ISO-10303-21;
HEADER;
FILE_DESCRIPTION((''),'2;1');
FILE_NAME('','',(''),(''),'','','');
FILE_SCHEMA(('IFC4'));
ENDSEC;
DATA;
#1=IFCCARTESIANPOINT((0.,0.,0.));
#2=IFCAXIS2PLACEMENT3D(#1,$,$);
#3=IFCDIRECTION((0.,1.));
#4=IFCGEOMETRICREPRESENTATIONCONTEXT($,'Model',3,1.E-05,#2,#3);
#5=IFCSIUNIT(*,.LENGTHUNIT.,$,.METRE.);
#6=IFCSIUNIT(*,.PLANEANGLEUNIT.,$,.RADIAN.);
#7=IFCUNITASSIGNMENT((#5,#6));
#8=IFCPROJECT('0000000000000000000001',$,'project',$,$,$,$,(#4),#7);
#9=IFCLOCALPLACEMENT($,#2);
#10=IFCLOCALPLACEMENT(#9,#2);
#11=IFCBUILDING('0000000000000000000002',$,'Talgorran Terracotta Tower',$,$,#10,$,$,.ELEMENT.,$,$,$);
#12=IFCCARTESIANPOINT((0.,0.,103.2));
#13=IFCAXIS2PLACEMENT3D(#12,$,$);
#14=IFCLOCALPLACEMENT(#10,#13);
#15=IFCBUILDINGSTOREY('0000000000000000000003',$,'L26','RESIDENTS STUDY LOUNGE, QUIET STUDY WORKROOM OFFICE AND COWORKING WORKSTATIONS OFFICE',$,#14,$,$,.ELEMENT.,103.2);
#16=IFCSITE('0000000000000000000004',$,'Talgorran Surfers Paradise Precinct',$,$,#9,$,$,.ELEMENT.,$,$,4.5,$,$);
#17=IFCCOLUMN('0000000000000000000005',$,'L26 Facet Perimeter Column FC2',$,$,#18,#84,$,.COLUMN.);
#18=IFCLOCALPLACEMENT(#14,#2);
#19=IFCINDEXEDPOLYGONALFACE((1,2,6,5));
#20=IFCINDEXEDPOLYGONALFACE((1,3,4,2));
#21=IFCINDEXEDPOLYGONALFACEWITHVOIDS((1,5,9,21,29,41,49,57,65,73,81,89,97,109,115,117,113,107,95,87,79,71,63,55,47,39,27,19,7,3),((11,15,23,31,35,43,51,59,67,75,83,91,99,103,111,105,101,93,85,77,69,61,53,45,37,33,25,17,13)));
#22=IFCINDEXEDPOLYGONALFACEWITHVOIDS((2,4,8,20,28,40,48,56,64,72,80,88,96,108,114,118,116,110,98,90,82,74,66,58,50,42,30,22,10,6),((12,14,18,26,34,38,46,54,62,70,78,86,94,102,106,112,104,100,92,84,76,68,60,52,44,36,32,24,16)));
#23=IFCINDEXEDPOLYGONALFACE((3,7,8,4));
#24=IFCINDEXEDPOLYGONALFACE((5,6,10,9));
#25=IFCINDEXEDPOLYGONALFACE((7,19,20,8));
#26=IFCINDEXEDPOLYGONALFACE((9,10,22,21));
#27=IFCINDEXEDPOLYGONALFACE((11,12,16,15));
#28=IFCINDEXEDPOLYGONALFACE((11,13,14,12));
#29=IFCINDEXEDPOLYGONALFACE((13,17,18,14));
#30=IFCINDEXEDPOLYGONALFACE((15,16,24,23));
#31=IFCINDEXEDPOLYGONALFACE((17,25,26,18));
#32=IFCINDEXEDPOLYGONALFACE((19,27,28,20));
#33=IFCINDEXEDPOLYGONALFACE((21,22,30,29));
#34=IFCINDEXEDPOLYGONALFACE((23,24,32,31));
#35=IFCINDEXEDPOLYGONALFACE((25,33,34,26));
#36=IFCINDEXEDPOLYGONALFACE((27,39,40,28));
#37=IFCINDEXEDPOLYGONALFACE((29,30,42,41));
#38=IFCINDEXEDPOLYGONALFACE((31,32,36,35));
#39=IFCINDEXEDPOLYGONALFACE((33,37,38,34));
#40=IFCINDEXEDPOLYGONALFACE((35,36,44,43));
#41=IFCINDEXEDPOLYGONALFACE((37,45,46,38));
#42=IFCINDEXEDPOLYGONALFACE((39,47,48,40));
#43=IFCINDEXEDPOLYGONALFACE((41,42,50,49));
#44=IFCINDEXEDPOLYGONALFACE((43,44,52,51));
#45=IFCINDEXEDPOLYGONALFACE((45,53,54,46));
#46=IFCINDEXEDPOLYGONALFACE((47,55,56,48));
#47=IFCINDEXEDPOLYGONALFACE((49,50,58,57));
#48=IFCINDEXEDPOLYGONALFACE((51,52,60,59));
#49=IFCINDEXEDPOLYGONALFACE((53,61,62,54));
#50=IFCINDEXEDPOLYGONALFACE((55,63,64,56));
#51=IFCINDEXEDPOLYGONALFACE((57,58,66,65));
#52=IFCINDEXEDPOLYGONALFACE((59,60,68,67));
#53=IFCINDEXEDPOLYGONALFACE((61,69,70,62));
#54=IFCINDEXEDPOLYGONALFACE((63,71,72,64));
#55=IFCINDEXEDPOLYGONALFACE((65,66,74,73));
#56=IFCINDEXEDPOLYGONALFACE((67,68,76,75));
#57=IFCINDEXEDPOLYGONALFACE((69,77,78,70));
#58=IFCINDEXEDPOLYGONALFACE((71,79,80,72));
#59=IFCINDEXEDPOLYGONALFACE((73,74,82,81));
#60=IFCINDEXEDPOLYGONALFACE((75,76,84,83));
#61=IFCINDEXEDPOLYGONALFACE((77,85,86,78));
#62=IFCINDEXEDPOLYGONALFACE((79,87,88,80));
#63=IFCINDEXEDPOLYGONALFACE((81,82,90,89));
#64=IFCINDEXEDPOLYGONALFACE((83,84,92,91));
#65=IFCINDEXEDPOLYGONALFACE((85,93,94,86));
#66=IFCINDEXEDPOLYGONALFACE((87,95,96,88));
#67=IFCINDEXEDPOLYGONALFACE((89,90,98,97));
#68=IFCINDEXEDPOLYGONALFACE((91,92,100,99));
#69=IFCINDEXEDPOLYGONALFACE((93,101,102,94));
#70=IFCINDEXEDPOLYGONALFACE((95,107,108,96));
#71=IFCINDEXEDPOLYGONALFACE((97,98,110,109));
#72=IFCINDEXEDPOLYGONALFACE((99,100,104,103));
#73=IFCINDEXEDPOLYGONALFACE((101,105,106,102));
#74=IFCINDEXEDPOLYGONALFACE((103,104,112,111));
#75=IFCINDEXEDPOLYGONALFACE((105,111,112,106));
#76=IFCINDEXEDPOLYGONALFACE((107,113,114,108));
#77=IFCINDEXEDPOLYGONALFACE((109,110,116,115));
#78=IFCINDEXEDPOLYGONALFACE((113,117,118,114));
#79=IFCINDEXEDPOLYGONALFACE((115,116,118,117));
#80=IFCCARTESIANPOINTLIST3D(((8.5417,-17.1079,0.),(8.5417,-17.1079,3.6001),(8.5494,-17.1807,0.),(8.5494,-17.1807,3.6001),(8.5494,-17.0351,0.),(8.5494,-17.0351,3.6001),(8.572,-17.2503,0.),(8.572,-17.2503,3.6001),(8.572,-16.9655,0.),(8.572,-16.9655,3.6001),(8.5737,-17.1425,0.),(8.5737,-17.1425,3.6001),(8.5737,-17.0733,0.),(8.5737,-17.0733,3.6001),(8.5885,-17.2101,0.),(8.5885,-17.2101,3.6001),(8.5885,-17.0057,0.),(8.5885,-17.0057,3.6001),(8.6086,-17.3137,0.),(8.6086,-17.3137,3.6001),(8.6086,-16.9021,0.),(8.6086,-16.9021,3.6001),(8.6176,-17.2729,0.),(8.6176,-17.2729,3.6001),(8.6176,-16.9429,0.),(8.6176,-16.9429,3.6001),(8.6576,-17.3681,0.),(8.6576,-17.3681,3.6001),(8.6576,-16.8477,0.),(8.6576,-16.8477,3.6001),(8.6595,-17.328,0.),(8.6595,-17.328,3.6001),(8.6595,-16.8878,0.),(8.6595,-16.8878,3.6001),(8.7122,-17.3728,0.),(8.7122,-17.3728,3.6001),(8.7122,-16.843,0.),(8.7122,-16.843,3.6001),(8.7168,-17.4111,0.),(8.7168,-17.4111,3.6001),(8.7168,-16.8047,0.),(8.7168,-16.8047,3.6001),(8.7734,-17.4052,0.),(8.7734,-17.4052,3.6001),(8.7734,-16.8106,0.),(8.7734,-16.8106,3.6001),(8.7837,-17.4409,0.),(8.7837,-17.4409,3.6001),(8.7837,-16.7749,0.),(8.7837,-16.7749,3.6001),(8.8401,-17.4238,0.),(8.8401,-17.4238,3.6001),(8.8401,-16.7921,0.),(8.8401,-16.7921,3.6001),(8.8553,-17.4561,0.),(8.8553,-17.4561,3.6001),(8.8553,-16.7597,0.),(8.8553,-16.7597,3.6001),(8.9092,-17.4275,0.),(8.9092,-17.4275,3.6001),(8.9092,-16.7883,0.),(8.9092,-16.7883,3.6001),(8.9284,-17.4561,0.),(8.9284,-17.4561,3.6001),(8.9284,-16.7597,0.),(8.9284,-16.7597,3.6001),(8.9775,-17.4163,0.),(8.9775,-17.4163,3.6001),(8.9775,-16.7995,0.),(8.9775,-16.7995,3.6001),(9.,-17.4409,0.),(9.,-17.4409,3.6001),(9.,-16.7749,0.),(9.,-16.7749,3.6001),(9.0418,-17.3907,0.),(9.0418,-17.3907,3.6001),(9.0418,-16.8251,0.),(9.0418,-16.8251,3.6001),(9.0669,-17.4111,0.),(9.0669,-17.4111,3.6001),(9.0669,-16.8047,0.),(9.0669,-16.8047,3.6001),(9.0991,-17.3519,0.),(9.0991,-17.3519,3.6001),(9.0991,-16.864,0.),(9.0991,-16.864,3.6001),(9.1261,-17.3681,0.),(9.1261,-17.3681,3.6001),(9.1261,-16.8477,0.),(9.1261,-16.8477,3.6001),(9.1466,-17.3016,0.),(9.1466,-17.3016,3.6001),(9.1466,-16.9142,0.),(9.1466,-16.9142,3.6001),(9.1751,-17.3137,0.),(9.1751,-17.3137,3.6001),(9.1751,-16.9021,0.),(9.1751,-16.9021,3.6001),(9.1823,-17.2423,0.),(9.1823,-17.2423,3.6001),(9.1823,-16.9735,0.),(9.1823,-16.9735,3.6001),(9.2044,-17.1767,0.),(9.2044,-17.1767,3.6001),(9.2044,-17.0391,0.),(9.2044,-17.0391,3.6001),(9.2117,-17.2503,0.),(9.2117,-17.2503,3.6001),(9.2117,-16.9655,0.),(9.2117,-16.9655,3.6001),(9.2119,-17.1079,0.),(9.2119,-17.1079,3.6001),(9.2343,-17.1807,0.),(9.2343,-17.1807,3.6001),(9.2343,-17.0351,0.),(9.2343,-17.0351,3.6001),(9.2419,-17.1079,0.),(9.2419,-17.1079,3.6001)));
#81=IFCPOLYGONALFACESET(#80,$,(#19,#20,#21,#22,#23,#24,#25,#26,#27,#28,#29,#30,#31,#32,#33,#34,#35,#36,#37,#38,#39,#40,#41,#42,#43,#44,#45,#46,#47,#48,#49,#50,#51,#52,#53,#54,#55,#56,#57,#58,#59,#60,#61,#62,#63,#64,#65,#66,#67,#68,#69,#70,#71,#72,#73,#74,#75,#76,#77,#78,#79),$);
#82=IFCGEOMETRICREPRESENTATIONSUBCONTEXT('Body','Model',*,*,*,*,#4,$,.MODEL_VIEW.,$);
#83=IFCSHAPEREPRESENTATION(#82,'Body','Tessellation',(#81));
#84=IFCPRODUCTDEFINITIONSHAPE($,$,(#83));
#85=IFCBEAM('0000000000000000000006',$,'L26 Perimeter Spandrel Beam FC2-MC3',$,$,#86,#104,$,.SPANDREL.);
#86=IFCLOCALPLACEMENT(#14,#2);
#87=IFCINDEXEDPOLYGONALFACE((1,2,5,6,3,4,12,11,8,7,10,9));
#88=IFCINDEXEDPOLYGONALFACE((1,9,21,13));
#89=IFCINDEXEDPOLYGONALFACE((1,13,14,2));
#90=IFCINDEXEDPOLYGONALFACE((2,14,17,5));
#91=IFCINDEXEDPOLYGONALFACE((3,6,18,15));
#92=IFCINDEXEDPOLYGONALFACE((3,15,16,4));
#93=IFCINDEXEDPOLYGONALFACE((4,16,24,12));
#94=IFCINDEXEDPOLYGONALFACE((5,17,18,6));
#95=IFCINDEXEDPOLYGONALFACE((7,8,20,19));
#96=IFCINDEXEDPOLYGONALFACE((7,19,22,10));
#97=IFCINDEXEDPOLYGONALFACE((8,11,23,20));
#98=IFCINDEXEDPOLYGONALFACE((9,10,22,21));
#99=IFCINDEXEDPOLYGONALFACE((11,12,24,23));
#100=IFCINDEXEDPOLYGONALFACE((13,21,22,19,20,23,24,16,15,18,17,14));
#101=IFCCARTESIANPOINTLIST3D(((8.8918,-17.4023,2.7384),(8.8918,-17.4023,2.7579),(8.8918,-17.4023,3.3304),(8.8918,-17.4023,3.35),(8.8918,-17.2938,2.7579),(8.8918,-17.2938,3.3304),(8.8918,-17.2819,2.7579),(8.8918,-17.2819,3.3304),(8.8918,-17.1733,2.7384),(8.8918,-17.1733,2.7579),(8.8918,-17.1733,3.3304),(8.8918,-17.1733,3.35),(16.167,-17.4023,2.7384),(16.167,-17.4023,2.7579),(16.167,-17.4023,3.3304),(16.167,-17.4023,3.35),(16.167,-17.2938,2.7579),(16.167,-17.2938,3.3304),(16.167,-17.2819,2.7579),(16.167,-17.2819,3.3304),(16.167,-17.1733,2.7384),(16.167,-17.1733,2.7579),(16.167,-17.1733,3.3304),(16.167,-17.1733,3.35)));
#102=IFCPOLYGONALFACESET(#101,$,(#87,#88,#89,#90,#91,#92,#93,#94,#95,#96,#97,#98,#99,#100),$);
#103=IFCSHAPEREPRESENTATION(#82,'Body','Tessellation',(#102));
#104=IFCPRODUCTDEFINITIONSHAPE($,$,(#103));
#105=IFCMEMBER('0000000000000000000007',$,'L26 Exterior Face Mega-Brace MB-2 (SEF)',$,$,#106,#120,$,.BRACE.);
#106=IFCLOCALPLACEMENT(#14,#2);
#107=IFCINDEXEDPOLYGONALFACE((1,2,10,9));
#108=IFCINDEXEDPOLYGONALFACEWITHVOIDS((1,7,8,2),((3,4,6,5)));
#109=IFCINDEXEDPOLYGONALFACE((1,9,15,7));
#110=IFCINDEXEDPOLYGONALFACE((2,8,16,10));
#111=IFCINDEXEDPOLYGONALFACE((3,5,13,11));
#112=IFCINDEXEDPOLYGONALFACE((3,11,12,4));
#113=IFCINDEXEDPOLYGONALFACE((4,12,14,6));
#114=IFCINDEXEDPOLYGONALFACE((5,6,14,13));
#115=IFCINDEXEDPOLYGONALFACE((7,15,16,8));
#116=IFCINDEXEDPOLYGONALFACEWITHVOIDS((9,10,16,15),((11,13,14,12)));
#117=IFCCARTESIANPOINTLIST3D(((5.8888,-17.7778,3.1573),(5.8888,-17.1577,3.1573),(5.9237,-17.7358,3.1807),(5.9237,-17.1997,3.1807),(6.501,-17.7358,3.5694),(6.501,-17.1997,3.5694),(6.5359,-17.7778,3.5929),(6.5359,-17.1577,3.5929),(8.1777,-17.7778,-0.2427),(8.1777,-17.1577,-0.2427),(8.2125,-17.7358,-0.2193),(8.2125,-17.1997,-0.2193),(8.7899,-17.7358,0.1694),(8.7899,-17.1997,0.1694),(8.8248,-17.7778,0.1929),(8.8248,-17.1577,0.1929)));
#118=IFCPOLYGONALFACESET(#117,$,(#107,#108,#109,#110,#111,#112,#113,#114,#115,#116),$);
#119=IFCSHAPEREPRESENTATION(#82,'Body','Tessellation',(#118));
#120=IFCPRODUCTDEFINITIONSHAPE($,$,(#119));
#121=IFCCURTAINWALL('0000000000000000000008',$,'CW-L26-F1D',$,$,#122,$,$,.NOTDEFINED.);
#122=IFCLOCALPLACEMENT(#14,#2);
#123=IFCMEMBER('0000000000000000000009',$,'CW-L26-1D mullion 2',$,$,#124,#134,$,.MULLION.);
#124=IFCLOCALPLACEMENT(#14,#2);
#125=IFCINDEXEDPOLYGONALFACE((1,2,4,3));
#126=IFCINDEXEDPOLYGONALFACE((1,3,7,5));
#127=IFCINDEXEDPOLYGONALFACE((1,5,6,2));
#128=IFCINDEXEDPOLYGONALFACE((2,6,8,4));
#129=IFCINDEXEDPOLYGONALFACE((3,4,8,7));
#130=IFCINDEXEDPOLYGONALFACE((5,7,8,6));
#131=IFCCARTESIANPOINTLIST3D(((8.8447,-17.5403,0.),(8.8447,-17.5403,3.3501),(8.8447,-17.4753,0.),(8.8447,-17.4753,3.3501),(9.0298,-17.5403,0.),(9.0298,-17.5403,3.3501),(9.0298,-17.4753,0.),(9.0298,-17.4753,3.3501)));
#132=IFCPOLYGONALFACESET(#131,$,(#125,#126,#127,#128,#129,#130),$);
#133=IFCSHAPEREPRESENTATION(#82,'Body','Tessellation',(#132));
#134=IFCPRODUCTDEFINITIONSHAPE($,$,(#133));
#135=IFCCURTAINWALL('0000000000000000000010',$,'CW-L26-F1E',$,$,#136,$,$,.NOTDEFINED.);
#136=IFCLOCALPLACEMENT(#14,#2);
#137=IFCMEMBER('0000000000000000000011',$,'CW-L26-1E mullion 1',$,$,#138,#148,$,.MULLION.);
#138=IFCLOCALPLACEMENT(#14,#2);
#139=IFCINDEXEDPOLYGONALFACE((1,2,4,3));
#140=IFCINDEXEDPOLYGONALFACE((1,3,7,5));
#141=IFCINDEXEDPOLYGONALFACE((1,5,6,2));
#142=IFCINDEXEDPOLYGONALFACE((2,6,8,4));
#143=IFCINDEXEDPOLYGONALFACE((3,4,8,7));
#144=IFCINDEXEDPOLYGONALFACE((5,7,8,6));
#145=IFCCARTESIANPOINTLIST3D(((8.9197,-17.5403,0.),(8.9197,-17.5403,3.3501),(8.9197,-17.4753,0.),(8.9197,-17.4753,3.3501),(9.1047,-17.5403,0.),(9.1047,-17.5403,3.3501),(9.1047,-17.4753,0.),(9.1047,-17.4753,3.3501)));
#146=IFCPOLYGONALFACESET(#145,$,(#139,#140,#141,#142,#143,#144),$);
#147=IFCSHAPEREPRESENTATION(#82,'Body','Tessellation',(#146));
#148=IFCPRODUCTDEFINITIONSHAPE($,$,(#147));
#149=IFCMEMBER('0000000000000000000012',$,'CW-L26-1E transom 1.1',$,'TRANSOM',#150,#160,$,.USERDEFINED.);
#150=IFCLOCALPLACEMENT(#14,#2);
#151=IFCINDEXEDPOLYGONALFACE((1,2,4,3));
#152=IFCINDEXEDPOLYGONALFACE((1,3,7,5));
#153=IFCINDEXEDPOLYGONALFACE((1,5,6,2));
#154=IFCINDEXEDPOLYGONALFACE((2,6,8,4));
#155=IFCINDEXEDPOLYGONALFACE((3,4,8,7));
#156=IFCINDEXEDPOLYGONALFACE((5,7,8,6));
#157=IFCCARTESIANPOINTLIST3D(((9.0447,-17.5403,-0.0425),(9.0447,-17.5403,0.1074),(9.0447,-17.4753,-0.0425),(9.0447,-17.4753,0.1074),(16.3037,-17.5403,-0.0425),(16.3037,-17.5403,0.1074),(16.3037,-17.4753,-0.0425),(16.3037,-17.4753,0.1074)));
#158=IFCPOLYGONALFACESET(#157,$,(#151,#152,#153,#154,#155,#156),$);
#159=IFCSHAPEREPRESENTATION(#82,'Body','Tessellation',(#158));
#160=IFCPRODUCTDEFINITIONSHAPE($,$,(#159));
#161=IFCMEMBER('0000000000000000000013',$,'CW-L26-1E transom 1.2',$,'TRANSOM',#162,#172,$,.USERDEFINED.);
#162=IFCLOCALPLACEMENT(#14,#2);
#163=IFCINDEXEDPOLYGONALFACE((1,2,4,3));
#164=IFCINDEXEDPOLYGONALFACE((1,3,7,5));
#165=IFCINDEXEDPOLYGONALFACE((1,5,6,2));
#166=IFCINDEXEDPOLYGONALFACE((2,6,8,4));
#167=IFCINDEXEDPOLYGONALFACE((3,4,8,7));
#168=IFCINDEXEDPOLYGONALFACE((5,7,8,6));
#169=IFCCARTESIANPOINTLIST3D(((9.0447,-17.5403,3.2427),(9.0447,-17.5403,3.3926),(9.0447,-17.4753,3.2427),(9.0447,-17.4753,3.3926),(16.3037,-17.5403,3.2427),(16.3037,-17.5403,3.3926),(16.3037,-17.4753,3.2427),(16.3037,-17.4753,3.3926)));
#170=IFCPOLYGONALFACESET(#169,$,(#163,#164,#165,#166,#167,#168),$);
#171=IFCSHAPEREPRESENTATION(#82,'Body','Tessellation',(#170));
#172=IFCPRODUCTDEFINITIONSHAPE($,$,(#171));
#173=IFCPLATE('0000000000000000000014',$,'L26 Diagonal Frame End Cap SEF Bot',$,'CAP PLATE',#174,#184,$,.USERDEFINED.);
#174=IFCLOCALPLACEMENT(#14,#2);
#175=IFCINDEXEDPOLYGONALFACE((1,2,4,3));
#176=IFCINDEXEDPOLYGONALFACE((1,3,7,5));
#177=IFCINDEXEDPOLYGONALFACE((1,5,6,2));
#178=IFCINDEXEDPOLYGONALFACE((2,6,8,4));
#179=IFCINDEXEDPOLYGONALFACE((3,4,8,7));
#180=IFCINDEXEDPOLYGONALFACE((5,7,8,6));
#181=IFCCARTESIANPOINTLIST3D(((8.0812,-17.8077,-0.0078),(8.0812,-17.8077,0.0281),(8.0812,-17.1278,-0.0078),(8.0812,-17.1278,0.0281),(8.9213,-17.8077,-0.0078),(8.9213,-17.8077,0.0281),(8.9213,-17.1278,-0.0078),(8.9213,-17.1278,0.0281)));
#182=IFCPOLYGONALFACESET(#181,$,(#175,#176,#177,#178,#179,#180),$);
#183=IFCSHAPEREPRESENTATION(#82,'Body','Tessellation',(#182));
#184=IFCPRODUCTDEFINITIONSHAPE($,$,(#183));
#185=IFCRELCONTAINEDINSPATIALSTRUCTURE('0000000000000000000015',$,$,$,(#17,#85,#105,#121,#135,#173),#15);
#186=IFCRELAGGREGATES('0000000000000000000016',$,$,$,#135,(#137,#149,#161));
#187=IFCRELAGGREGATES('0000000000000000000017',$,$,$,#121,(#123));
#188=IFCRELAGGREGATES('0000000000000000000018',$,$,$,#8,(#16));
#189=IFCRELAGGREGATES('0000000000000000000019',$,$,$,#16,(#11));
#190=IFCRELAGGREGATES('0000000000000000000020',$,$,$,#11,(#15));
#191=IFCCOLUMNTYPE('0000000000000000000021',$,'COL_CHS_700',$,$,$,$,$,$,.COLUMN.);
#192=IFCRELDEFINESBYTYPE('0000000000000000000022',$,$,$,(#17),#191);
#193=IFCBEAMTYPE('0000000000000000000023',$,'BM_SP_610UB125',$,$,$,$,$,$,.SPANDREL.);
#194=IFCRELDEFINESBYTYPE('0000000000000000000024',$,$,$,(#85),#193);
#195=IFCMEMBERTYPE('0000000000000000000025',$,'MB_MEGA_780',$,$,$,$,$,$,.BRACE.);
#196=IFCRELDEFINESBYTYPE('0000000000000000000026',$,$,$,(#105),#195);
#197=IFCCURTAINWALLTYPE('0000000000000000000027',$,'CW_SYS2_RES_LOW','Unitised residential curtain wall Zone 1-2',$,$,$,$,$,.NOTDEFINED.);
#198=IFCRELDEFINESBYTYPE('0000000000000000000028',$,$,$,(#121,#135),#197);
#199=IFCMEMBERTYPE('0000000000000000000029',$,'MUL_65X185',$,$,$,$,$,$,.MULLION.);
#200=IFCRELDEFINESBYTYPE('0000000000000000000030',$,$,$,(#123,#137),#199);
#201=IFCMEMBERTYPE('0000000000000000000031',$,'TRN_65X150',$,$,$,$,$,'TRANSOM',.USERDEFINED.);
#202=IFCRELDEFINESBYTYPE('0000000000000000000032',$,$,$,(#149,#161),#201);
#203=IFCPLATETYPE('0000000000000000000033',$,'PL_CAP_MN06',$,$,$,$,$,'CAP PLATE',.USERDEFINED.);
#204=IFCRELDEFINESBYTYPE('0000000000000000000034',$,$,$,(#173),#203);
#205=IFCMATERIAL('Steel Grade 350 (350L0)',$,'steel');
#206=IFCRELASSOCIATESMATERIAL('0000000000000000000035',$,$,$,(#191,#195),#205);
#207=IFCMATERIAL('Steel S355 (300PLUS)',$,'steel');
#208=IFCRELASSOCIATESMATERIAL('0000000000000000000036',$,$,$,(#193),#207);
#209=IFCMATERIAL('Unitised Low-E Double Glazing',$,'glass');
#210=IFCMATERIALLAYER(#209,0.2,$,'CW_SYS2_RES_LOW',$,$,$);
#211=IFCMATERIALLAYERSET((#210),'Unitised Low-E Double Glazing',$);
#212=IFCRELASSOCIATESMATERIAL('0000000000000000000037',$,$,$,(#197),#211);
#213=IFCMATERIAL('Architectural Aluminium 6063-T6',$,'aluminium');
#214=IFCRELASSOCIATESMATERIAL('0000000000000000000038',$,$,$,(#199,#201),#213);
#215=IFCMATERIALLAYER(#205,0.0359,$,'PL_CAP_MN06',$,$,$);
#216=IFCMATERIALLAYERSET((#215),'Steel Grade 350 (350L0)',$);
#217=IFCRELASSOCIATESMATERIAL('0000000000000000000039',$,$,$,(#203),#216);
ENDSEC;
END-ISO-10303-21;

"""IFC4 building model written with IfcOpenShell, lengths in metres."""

from ifc_helpers import new_model, si_unit, direction, frame, origin, origin_2d, place, context, subcontext, project, spatial, rectangle, hollow_rectangle, hollow_circle, i_section, extrude, material, layer, layer_set, material_profile, profile_set, type_object, element, aggregate, save


model = new_model("IFC4")

# Units and contexts
model_context = context("Model", 3, precision=1e-05, world=origin(), true_north=direction((0.0, 1.0)))
body_context = subcontext(model_context, "Body", "Model", "MODEL_VIEW")
ifc_project = project(units=[si_unit("LENGTHUNIT", "METRE"), si_unit("PLANEANGLEUNIT", "RADIAN")], contexts=[model_context])

# Site, building, storey
site_placement = place(None, origin())
site = spatial("IfcSite", under=ifc_project, at=site_placement, Name="Talgorran Surfers Paradise Precinct", CompositionType="ELEMENT", RefElevation=4.5)
building_placement = place(site_placement, origin())
building = spatial("IfcBuilding", under=site, at=building_placement, Name="Talgorran Terracotta Tower", CompositionType="ELEMENT")
storey_placement = place(building_placement, frame((0.0, 0.0, 103.2)))
storey = spatial("IfcBuildingStorey", under=building, at=storey_placement, Name="L26", Description="RESIDENTS STUDY LOUNGE, QUIET STUDY WORKROOM OFFICE AND COWORKING WORKSTATIONS OFFICE", CompositionType="ELEMENT", Elevation=103.2)

# Column
ifc_material_1 = material(Name="Steel Grade 350 (350L0)", Category="steel")
ifc_material_profile_1 = material_profile(ifc_material_1, hollow_circle(Radius=0.3501, WallThickness=0.03, at=origin_2d()), Name="CHS700X30")
ifc_profile_set_1 = profile_set([ifc_material_profile_1], Name="Steel Grade 350 (350L0)")
column_type = type_object("IfcColumnType", Name="COL_CHS_700", PredefinedType="COLUMN", material=ifc_profile_set_1)
column_placement = place(storey_placement, frame((8.8918, -17.1079, 0.0), z_axis=(0.0, 0.0, 1.0), x_axis=(1.0, 0.0, 0.0)))
element("IfcColumn", 1, at=column_placement, inside=storey, type_object=column_type, Name="L26 Facet Perimeter Column FC2", PredefinedType="COLUMN", context=body_context, shape_type="SweptSolid", body=[
    extrude(hollow_circle(Radius=0.3501, WallThickness=0.03, at=origin_2d()), origin(), (0.0, 0.0, 1.0), 3.6001),
])

# Beam
ifc_material_2 = material(Name="Steel S355 (300PLUS)", Category="steel")
ifc_material_profile_2 = material_profile(ifc_material_2, i_section(OverallWidth=0.229, OverallDepth=0.6116, WebThickness=0.012, FlangeThickness=0.0195, at=origin_2d()), Name="610UB125")
ifc_profile_set_2 = profile_set([ifc_material_profile_2], Name="Steel S355 (300PLUS)")
beam_type = type_object("IfcBeamType", Name="BM_SP_610UB125", PredefinedType="SPANDREL", material=ifc_profile_set_2)
beam_placement = place(storey_placement, frame((8.8918, -17.2878, 3.0442), z_axis=(1.0, 0.0, 0.0), x_axis=(0.0, 1.0, 0.0)))
element("IfcBeam", 2, at=beam_placement, inside=storey, type_object=beam_type, Name="L26 Perimeter Spandrel Beam FC2-MC3", PredefinedType="SPANDREL", context=body_context, shape_type="SweptSolid", body=[
    extrude(i_section(OverallWidth=0.229, OverallDepth=0.6116, WebThickness=0.012, FlangeThickness=0.0195, at=origin_2d()), origin(), (0.0, 0.0, 1.0), 7.2751),
])

# Member
ifc_material_profile_3 = material_profile(ifc_material_1, hollow_rectangle(XDim=0.6201, YDim=0.78, WallThickness=0.042, at=origin_2d()), Name="WBOX780X620X42")
ifc_profile_set_3 = profile_set([ifc_material_profile_3], Name="Steel Grade 350 (350L0)")
member_type_1 = type_object("IfcMemberType", Name="MB_MEGA_780", PredefinedType="BRACE", material=ifc_profile_set_3)
member_1_placement = place(storey_placement, frame((8.5012, -17.4678, -0.0249), z_axis=(-0.558447, 0.0, 0.82954), x_axis=(0.0, -1.0, 0.0)))
element("IfcMember", 3, at=member_1_placement, inside=storey, type_object=member_type_1, Name="L26 Exterior Face Mega-Brace MB-2 (SEF)", PredefinedType="BRACE", context=body_context, shape_type="SweptSolid", body=[
    extrude(hollow_rectangle(XDim=0.6201, YDim=0.78, WallThickness=0.042, at=origin_2d()), origin(), (0.0, 0.0, 1.0), 4.0986),
])

# Curtain wall, member
ifc_material_3 = material(Name="Unitised Low-E Double Glazing", Category="glass")
ifc_layer_1 = layer(ifc_material_3, 0.2, Name="CW_SYS2_RES_LOW")
ifc_layer_set_1 = layer_set([ifc_layer_1], Name="Unitised Low-E Double Glazing")
curtain_wall_type = type_object("IfcCurtainWallType", Name="CW_SYS2_RES_LOW", Description="Unitised residential curtain wall Zone 1-2", PredefinedType="NOTDEFINED", material=ifc_layer_set_1)
curtain_wall_1_placement = place(storey_placement, origin())
curtain_wall_1 = element("IfcCurtainWall", 4, at=curtain_wall_1_placement, inside=storey, type_object=curtain_wall_type, Name="CW-L26-F1D", PredefinedType="NOTDEFINED")
ifc_material_4 = material(Name="Architectural Aluminium 6063-T6", Category="aluminium")
ifc_material_profile_4 = material_profile(ifc_material_4, rectangle(XDim=0.0649, YDim=0.1851, at=origin_2d()), Name="CWM65X185")
ifc_profile_set_4 = profile_set([ifc_material_profile_4], Name="Architectural Aluminium 6063-T6")
member_type_2 = type_object("IfcMemberType", Name="MUL_65X185", PredefinedType="MULLION", material=ifc_profile_set_4)
member_2_placement = place(storey_placement, frame((8.9373, -17.5078, 0.0), z_axis=(0.0, 0.0, 1.0), x_axis=(0.0, 1.0, 0.0)))
member_2 = element("IfcMember", 5, at=member_2_placement, type_object=member_type_2, Name="CW-L26-1D mullion 2", PredefinedType="MULLION", context=body_context, shape_type="SweptSolid", body=[
    extrude(rectangle(XDim=0.0649, YDim=0.1851, at=origin_2d()), origin(), (0.0, 0.0, 1.0), 3.3501),
])

# Curtain wall, members
curtain_wall_2_placement = place(storey_placement, origin())
curtain_wall_2 = element("IfcCurtainWall", 6, at=curtain_wall_2_placement, inside=storey, type_object=curtain_wall_type, Name="CW-L26-F1E", PredefinedType="NOTDEFINED")
member_3_placement = place(storey_placement, frame((9.0122, -17.5078, 0.0), z_axis=(0.0, 0.0, 1.0), x_axis=(0.0, 1.0, 0.0)))
member_3 = element("IfcMember", 7, at=member_3_placement, type_object=member_type_2, Name="CW-L26-1E mullion 1", PredefinedType="MULLION", context=body_context, shape_type="SweptSolid", body=[
    extrude(rectangle(XDim=0.0649, YDim=0.1851, at=origin_2d()), origin(), (0.0, 0.0, 1.0), 3.3501),
])
ifc_material_profile_5 = material_profile(ifc_material_4, rectangle(XDim=0.0649, YDim=0.1499, at=origin_2d()), Name="CWT65X150")
ifc_profile_set_5 = profile_set([ifc_material_profile_5], Name="Architectural Aluminium 6063-T6")
member_type_3 = type_object("IfcMemberType", Name="TRN_65X150", ElementType="TRANSOM", PredefinedType="USERDEFINED", material=ifc_profile_set_5)
member_4_placement = place(storey_placement, frame((9.0447, -17.5078, 0.0325), z_axis=(1.0, 0.0, 0.0), x_axis=(0.0, 1.0, 0.0)))
member_4 = element("IfcMember", 8, at=member_4_placement, type_object=member_type_3, Name="CW-L26-1E transom 1.1", ObjectType="TRANSOM", PredefinedType="USERDEFINED", context=body_context, shape_type="SweptSolid", body=[
    extrude(rectangle(XDim=0.0649, YDim=0.1499, at=origin_2d()), origin(), (0.0, 0.0, 1.0), 7.259),
])
member_5_placement = place(storey_placement, frame((9.0447, -17.5078, 3.3176), z_axis=(1.0, 0.0, 0.0), x_axis=(0.0, 1.0, 0.0)))
member_5 = element("IfcMember", 9, at=member_5_placement, type_object=member_type_3, Name="CW-L26-1E transom 1.2", ObjectType="TRANSOM", PredefinedType="USERDEFINED", context=body_context, shape_type="SweptSolid", body=[
    extrude(rectangle(XDim=0.0649, YDim=0.1499, at=origin_2d()), origin(), (0.0, 0.0, 1.0), 7.259),
])
aggregate(curtain_wall_2, [member_3, member_4, member_5])

# Plate
ifc_layer_2 = layer(ifc_material_1, 0.0359, Name="PL_CAP_MN06")
ifc_layer_set_2 = layer_set([ifc_layer_2], Name="Steel Grade 350 (350L0)")
plate_type_1 = type_object("IfcPlateType", Name="PL_CAP_MN06", ElementType="CAP PLATE", PredefinedType="USERDEFINED", material=ifc_layer_set_2)
plate_1_placement = place(storey_placement, frame((8.5012, -17.4678, -0.0078), z_axis=(0.0, 0.0, 1.0), x_axis=(-1.0, 0.0, 0.0)))
element("IfcPlate", 10, at=plate_1_placement, inside=storey, type_object=plate_type_1, Name="L26 Diagonal Frame End Cap SEF Bot", ObjectType="CAP PLATE", PredefinedType="USERDEFINED", context=body_context, shape_type="SweptSolid", body=[
    extrude(rectangle(XDim=0.8401, YDim=0.6799, at=origin_2d()), origin(), (0.0, 0.0, 1.0), 0.0359),
])
aggregate(curtain_wall_1, [member_2])

save(model, "model.ifc")
